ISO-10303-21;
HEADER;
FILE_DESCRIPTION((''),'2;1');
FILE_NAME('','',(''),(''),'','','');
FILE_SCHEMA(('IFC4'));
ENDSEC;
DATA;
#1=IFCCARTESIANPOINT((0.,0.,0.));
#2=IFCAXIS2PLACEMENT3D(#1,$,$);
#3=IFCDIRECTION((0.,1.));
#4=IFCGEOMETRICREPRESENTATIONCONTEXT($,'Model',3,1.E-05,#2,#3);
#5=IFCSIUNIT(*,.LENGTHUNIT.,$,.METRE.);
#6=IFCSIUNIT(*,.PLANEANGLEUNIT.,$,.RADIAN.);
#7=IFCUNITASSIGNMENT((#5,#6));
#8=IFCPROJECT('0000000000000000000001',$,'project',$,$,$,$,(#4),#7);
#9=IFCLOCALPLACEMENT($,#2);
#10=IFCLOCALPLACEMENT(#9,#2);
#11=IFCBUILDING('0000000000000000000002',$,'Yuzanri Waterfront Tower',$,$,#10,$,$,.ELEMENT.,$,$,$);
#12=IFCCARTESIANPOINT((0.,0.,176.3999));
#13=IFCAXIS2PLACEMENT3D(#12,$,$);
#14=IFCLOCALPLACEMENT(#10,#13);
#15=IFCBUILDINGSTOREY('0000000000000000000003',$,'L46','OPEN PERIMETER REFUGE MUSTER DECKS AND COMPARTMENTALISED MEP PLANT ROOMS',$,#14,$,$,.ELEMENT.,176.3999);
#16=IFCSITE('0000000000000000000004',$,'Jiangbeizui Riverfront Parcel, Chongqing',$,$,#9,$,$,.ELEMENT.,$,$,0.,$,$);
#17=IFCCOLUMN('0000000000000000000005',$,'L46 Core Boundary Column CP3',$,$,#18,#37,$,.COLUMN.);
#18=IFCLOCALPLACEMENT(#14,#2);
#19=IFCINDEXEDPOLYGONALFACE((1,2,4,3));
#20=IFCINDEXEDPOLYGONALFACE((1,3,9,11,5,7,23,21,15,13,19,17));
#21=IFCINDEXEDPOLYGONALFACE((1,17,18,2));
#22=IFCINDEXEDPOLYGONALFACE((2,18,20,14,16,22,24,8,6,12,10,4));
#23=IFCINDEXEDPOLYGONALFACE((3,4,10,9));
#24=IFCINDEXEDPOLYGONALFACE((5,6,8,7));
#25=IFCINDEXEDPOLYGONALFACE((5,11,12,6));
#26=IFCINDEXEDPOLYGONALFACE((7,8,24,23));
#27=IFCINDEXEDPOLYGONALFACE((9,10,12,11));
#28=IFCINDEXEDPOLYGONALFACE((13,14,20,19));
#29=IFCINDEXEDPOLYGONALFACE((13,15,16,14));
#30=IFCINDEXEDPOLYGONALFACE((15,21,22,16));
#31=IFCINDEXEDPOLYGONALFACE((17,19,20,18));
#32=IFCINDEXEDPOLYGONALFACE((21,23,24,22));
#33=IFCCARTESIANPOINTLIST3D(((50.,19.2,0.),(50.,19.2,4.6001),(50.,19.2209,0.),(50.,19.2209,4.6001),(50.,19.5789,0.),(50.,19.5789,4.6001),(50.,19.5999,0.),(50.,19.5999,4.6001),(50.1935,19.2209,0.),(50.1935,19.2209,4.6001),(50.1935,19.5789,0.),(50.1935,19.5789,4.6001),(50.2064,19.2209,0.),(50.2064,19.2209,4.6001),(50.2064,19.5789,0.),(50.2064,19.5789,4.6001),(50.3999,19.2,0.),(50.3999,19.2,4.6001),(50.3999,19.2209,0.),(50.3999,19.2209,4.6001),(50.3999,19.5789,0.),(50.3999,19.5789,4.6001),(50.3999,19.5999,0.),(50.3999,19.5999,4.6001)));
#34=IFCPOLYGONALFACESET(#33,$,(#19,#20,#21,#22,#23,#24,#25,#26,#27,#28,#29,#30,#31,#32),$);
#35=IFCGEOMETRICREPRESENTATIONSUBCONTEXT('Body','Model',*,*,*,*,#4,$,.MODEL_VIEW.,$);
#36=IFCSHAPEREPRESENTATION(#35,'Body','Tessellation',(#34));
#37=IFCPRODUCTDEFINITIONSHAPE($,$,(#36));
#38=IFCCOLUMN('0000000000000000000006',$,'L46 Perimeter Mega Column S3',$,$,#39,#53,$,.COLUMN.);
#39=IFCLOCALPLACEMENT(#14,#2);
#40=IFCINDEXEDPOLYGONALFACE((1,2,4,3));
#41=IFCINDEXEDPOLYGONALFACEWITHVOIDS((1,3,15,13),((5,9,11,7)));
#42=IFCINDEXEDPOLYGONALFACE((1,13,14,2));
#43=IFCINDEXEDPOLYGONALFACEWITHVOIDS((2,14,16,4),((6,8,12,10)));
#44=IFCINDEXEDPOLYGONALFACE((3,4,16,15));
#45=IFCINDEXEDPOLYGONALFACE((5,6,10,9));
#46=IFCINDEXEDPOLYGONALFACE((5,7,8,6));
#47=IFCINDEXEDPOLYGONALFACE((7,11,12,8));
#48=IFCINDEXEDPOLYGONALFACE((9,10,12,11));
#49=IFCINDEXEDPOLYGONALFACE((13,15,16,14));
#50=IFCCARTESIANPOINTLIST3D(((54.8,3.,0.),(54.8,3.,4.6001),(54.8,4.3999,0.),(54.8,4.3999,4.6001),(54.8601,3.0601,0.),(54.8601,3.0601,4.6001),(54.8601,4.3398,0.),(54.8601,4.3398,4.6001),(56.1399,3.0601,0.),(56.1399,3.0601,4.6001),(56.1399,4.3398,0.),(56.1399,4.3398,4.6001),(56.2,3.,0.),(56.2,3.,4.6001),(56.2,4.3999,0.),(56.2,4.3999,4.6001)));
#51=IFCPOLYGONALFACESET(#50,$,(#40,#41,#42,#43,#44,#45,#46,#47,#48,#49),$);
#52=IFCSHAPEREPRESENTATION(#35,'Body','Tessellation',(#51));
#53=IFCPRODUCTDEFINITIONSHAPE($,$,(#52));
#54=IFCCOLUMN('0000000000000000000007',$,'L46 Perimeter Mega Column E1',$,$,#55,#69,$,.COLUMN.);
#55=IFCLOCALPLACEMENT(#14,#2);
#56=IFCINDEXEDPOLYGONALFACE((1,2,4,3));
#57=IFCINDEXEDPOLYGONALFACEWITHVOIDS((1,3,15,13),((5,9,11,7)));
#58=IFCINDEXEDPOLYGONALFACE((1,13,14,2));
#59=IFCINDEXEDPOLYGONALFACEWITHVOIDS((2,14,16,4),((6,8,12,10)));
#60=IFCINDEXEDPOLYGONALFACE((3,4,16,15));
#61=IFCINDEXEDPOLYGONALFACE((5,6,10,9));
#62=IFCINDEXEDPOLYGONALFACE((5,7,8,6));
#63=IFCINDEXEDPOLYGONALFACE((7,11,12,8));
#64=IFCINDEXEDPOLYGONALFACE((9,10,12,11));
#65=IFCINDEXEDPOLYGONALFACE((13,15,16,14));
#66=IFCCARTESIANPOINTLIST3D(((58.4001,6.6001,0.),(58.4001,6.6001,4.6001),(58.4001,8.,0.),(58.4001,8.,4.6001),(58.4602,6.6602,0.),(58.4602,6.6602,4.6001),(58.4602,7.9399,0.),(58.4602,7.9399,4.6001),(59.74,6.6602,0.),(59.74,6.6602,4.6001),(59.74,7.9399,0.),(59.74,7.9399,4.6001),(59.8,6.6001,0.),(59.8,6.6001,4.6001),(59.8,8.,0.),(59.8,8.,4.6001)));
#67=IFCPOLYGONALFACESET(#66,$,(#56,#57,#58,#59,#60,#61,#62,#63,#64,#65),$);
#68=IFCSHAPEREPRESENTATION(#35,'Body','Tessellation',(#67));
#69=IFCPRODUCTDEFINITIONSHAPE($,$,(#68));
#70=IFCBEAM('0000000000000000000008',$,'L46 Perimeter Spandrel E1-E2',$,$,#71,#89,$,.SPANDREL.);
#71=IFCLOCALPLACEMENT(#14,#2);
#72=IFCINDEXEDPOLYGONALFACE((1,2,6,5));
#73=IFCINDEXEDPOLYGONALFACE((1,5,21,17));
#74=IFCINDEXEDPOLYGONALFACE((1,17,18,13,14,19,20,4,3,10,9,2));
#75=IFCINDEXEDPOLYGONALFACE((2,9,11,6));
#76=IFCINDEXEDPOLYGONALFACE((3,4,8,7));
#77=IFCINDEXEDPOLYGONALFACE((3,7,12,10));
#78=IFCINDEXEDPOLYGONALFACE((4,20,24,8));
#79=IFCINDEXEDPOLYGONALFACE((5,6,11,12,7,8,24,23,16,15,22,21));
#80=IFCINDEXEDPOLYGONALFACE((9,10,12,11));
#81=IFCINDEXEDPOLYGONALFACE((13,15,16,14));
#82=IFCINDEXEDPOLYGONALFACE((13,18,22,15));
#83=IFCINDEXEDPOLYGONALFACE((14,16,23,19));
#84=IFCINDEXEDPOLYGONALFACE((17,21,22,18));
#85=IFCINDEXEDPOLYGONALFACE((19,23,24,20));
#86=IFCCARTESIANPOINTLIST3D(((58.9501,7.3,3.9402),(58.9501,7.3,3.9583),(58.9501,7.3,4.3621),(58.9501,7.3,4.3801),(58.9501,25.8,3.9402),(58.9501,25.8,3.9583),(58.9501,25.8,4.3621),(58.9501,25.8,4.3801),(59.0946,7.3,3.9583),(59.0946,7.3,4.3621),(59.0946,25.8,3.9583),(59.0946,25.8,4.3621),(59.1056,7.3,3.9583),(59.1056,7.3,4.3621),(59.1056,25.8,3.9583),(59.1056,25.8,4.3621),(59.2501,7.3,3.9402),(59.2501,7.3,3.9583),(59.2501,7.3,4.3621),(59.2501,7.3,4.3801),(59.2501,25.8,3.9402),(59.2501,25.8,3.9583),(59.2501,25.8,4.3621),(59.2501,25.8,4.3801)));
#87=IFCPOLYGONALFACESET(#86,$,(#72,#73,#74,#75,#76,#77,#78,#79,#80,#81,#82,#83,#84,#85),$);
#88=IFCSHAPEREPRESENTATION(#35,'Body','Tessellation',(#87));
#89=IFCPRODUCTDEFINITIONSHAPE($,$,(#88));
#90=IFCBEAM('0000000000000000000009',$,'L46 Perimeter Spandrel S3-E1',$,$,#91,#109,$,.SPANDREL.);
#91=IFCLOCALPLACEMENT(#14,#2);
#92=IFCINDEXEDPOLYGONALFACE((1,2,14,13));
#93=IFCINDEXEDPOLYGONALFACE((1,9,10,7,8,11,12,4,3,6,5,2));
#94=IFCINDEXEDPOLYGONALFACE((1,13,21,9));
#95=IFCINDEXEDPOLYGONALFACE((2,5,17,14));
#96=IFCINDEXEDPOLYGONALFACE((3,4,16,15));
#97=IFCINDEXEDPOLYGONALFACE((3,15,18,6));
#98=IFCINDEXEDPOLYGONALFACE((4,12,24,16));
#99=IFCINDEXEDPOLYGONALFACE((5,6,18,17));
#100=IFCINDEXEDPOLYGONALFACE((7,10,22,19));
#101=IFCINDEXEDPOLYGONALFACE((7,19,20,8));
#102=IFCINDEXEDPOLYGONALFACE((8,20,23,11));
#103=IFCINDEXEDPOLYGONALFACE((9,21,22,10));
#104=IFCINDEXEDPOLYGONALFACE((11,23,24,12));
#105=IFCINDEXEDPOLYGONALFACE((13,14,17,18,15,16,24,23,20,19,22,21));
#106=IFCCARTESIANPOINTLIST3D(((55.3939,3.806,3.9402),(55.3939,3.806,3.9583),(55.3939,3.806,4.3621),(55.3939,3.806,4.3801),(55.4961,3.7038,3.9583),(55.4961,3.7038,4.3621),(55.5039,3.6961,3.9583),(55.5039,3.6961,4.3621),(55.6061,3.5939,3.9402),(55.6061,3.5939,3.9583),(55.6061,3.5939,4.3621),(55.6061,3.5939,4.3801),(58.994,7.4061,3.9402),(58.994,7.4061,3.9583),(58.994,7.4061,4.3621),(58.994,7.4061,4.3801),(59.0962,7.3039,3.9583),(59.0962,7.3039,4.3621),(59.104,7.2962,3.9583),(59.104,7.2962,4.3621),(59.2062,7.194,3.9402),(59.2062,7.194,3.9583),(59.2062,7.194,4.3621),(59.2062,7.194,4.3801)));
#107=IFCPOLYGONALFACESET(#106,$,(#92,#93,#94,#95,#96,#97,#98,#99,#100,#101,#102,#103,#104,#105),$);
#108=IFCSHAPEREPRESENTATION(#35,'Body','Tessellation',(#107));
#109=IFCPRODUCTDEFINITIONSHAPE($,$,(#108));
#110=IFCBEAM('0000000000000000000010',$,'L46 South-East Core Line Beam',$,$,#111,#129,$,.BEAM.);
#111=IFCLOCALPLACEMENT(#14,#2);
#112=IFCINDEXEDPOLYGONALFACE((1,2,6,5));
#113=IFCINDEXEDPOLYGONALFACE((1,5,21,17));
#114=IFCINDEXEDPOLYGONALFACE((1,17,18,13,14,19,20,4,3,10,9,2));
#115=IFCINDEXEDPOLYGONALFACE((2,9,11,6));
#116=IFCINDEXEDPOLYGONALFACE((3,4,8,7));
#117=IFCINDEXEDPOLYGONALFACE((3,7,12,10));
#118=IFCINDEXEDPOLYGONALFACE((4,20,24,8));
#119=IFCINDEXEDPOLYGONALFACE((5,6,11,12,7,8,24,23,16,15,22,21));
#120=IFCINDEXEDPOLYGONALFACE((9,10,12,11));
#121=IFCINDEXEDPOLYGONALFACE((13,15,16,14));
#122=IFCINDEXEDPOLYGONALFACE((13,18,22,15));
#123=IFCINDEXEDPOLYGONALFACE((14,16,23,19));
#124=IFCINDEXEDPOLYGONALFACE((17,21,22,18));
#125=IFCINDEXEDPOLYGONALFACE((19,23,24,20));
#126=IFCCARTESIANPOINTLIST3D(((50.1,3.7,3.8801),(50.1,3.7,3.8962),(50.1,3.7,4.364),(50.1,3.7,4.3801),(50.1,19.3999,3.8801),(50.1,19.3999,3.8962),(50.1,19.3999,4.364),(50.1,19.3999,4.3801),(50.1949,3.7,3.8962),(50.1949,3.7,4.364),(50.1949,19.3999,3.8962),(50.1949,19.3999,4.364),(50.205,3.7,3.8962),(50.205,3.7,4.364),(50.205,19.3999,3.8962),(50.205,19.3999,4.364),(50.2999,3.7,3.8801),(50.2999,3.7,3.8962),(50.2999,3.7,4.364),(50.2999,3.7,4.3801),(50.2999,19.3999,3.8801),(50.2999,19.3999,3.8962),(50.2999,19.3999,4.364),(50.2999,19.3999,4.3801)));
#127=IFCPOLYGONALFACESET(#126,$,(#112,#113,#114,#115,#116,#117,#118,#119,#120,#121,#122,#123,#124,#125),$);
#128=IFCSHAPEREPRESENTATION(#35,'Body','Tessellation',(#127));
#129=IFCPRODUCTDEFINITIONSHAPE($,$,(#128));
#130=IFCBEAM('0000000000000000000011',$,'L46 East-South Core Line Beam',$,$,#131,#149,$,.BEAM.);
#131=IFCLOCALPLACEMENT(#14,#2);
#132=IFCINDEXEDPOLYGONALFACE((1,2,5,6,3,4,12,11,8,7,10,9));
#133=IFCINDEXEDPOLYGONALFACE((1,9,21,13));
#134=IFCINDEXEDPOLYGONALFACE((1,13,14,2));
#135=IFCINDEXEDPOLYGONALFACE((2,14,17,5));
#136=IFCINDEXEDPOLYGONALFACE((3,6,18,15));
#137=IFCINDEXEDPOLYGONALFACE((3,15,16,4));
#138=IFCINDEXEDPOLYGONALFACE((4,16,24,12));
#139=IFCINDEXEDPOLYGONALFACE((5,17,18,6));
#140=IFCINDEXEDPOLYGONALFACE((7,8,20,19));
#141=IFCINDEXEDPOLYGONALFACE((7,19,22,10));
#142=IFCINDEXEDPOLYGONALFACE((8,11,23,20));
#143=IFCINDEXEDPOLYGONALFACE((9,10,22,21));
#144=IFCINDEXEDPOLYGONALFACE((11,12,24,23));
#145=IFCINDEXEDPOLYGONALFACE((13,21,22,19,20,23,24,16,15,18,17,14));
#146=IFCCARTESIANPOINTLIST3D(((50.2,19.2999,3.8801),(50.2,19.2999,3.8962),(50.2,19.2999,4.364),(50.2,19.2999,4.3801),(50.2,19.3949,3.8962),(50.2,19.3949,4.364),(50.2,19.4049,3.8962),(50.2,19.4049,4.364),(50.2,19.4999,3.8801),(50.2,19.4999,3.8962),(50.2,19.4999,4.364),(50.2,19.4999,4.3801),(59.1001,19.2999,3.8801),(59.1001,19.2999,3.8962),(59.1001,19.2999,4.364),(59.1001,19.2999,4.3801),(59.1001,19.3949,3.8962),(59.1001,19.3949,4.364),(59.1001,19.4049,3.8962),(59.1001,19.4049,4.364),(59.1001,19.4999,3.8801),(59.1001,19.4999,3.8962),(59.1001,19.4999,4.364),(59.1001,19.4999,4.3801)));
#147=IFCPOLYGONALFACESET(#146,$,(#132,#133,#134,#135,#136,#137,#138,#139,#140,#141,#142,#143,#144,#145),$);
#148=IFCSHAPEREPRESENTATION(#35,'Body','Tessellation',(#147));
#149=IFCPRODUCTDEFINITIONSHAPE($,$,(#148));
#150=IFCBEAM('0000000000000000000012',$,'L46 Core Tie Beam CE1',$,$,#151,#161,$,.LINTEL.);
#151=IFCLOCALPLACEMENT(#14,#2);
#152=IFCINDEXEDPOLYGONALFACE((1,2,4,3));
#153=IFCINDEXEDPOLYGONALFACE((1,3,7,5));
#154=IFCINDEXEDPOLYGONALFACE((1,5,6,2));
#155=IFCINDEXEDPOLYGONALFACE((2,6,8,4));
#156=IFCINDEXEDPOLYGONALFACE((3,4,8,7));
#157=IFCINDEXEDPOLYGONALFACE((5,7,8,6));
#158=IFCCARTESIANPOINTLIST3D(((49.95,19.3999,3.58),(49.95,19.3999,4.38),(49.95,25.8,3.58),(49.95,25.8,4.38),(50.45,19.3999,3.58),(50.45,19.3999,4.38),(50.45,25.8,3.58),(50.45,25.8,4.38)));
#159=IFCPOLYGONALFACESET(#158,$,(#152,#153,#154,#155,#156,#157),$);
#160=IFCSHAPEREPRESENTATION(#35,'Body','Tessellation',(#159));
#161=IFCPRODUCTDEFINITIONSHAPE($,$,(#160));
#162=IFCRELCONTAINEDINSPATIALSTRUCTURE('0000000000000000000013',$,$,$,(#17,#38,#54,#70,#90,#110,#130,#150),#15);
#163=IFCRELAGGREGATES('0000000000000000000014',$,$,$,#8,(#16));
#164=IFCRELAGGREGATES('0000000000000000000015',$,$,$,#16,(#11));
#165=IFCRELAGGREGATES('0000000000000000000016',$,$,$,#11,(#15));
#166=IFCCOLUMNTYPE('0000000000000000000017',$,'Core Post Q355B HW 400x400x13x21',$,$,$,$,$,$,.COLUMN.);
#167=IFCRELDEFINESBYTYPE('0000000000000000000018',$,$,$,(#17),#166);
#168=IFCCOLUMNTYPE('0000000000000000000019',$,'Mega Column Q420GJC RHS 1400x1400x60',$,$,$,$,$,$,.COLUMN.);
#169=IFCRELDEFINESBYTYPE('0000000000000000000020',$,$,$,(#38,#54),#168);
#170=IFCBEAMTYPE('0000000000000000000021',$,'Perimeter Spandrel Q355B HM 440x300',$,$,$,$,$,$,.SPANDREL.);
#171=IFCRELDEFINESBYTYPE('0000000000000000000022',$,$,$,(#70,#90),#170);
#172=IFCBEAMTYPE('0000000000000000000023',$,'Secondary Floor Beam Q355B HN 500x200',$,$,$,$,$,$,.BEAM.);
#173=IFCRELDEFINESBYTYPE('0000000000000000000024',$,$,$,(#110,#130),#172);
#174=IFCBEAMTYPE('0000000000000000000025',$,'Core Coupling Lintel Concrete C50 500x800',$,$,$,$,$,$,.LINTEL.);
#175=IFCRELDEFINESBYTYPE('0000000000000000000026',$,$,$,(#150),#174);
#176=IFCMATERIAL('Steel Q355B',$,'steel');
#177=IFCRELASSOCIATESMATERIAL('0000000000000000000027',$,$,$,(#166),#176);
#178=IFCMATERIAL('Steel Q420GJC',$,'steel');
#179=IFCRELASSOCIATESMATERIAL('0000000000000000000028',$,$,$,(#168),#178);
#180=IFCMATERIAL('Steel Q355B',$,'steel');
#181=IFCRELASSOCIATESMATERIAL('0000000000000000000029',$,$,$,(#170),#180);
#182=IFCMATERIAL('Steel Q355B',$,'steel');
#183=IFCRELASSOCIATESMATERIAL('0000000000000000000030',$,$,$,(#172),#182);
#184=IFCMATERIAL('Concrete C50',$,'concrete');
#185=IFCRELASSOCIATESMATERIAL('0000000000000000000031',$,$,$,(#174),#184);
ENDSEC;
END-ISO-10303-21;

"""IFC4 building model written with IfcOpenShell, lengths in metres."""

from ifc_helpers import new_model, si_unit, direction, frame, origin, origin_2d, place, context, subcontext, project, spatial, rectangle, hollow_rectangle, i_section, extrude, source, transform, mapped, material, material_profile, profile_set, type_object, element, save


model = new_model("IFC4")

# Units and contexts
model_context = context("Model", 3, precision=1e-05, world=origin(), true_north=direction((0.0, 1.0)))
body_context = subcontext(model_context, "Body", "Model", "MODEL_VIEW")
ifc_project = project(units=[si_unit("LENGTHUNIT", "METRE"), si_unit("PLANEANGLEUNIT", "RADIAN")], contexts=[model_context])

# Site, building, storey
site_placement = place(None, origin())
site = spatial("IfcSite", under=ifc_project, at=site_placement, Name="Jiangbeizui Riverfront Parcel, Chongqing", CompositionType="ELEMENT", RefElevation=0.0)
building_placement = place(site_placement, origin())
building = spatial("IfcBuilding", under=site, at=building_placement, Name="Yuzanri Waterfront Tower", CompositionType="ELEMENT")
storey_placement = place(building_placement, frame((0.0, 0.0, 176.3999)))
storey = spatial("IfcBuildingStorey", under=building, at=storey_placement, Name="L46", Description="OPEN PERIMETER REFUGE MUSTER DECKS AND COMPARTMENTALISED MEP PLANT ROOMS", CompositionType="ELEMENT", Elevation=176.3999)

# Columns
ifc_material_1 = material(Name="Steel Q355B", Category="steel")
ifc_material_profile_1 = material_profile(ifc_material_1, i_section(OverallWidth=0.3999, OverallDepth=0.3999, WebThickness=0.0129, FlangeThickness=0.021, at=origin_2d()), Name="HW 400x400x13x21")
ifc_profile_set_1 = profile_set([ifc_material_profile_1], Name="Steel Q355B")
column_type_1 = type_object("IfcColumnType", Name="Core Post Q355B HW 400x400x13x21", PredefinedType="COLUMN", material=ifc_profile_set_1)
shared_shape_1 = source(origin(), body_context, "Body", "SweptSolid", [
    extrude(i_section(OverallWidth=0.3999, OverallDepth=0.3999, WebThickness=0.0129, FlangeThickness=0.021, at=origin_2d()), origin(), (0.0, 0.0, 1.0), 4.6001),
])
column_placement = place(storey_placement, frame((50.2, 19.3999, 0.0), z_axis=(0.0, 0.0, 1.0), x_axis=(1.0, 0.0, 0.0)))
element("IfcColumn", 1, at=column_placement, inside=storey, type_object=column_type_1, Name="L46 Core Boundary Column CP3", PredefinedType="COLUMN", context=body_context, shape_type="MappedRepresentation", body=[
    mapped(shared_shape_1, transform((0.0, 0.0, 0.0), scale=1.0)),
])
ifc_material_2 = material(Name="Steel Q420GJC", Category="steel")
ifc_material_profile_2 = material_profile(ifc_material_2, hollow_rectangle(XDim=1.3999, YDim=1.3999, WallThickness=0.0601, at=origin_2d()), Name="RHS 1400x1400x60")
ifc_profile_set_2 = profile_set([ifc_material_profile_2], Name="Steel Q420GJC")
column_type_2 = type_object("IfcColumnType", Name="Mega Column Q420GJC RHS 1400x1400x60", PredefinedType="COLUMN", material=ifc_profile_set_2)
shared_shape_2 = source(origin(), body_context, "Body", "SweptSolid", [
    extrude(hollow_rectangle(XDim=1.3999, YDim=1.3999, WallThickness=0.0601, at=origin_2d()), origin(), (0.0, 0.0, 1.0), 4.6001),
])
for number, where, z_axis, x_axis, name in (
    (2, (55.5, 3.7, 0.0), (0.0, 0.0, 1.0), (1.0, 0.0, 0.0), "L46 Perimeter Mega Column S3"),
    (3, (59.1001, 7.3, 0.0), (0.0, 0.0, 1.0), (1.0, 0.0, 0.0), "L46 Perimeter Mega Column E1"),
):
    element("IfcColumn", number, at=place(storey_placement, frame(where, z_axis=z_axis, x_axis=x_axis)), inside=storey, type_object=column_type_2, Name=name, PredefinedType="COLUMN", context=body_context, shape_type="MappedRepresentation", body=[
        mapped(shared_shape_2, transform((0.0, 0.0, 0.0), scale=1.0)),
    ])

# Beams
ifc_material_3 = material(Name="Steel Q355B", Category="steel")
ifc_material_profile_3 = material_profile(ifc_material_3, i_section(OverallWidth=0.3, OverallDepth=0.4399, WebThickness=0.011, FlangeThickness=0.0181, at=origin_2d()), Name="HM 440x300x11x18")
ifc_profile_set_3 = profile_set([ifc_material_profile_3], Name="Steel Q355B")
beam_type_1 = type_object("IfcBeamType", Name="Perimeter Spandrel Q355B HM 440x300", PredefinedType="SPANDREL", material=ifc_profile_set_3)
shared_shape_3 = source(origin(), body_context, "Body", "SweptSolid", [
    extrude(i_section(OverallWidth=0.3, OverallDepth=0.4399, WebThickness=0.011, FlangeThickness=0.0181, at=origin_2d()), origin(), (0.0, 0.0, 1.0), 18.5),
])
beam_1_placement = place(storey_placement, frame((59.1001, 7.3, 4.1602), z_axis=(0.0, 1.0, 0.0), x_axis=(-1.0, 0.0, 0.0)))
element("IfcBeam", 4, at=beam_1_placement, inside=storey, type_object=beam_type_1, Name="L46 Perimeter Spandrel E1-E2", PredefinedType="SPANDREL", context=body_context, shape_type="MappedRepresentation", body=[
    mapped(shared_shape_3, transform((0.0, 0.0, 0.0), scale=1.0)),
])
shared_shape_4 = source(origin(), body_context, "Body", "SweptSolid", [
    extrude(i_section(OverallWidth=0.3, OverallDepth=0.4399, WebThickness=0.011, FlangeThickness=0.0181, at=origin_2d()), origin(), (0.0, 0.0, 1.0), 5.0913),
])
beam_2_placement = place(storey_placement, frame((55.5, 3.7, 4.1602), z_axis=(0.707107, 0.707107, 0.0), x_axis=(-0.707107, 0.707107, 0.0)))
element("IfcBeam", 5, at=beam_2_placement, inside=storey, type_object=beam_type_1, Name="L46 Perimeter Spandrel S3-E1", PredefinedType="SPANDREL", context=body_context, shape_type="MappedRepresentation", body=[
    mapped(shared_shape_4, transform((0.0, 0.0, 0.0), scale=1.0)),
])
ifc_material_4 = material(Name="Steel Q355B", Category="steel")
ifc_material_profile_4 = material_profile(ifc_material_4, i_section(OverallWidth=0.2, OverallDepth=0.5, WebThickness=0.01, FlangeThickness=0.0161, at=origin_2d()), Name="HN 500x200x10x16")
ifc_profile_set_4 = profile_set([ifc_material_profile_4], Name="Steel Q355B")
beam_type_2 = type_object("IfcBeamType", Name="Secondary Floor Beam Q355B HN 500x200", PredefinedType="BEAM", material=ifc_profile_set_4)
shared_shape_5 = source(origin(), body_context, "Body", "SweptSolid", [
    extrude(i_section(OverallWidth=0.2, OverallDepth=0.5, WebThickness=0.01, FlangeThickness=0.0161, at=origin_2d()), origin(), (0.0, 0.0, 1.0), 15.7),
])
beam_3_placement = place(storey_placement, frame((50.2, 19.3999, 4.1301), z_axis=(0.0, -1.0, 0.0), x_axis=(1.0, 0.0, 0.0)))
element("IfcBeam", 6, at=beam_3_placement, inside=storey, type_object=beam_type_2, Name="L46 South-East Core Line Beam", PredefinedType="BEAM", context=body_context, shape_type="MappedRepresentation", body=[
    mapped(shared_shape_5, transform((0.0, 0.0, 0.0), scale=1.0)),
])
shared_shape_6 = source(origin(), body_context, "Body", "SweptSolid", [
    extrude(i_section(OverallWidth=0.2, OverallDepth=0.5, WebThickness=0.01, FlangeThickness=0.0161, at=origin_2d()), origin(), (0.0, 0.0, 1.0), 8.9001),
])
beam_4_placement = place(storey_placement, frame((50.2, 19.3999, 4.1301), z_axis=(1.0, 0.0, 0.0), x_axis=(0.0, 1.0, 0.0)))
element("IfcBeam", 7, at=beam_4_placement, inside=storey, type_object=beam_type_2, Name="L46 East-South Core Line Beam", PredefinedType="BEAM", context=body_context, shape_type="MappedRepresentation", body=[
    mapped(shared_shape_6, transform((0.0, 0.0, 0.0), scale=1.0)),
])
ifc_material_5 = material(Name="Concrete C50", Category="concrete")
ifc_material_profile_5 = material_profile(ifc_material_5, rectangle(XDim=0.5, YDim=0.8, at=origin_2d()), Name="RC 500x800")
ifc_profile_set_5 = profile_set([ifc_material_profile_5], Name="Concrete C50")
beam_type_3 = type_object("IfcBeamType", Name="Core Coupling Lintel Concrete C50 500x800", PredefinedType="LINTEL", material=ifc_profile_set_5)
shared_shape_7 = source(origin(), body_context, "Body", "SweptSolid", [
    extrude(rectangle(XDim=0.5, YDim=0.8, at=origin_2d()), origin(), (0.0, 0.0, 1.0), 6.4001),
])
beam_5_placement = place(storey_placement, frame((50.2, 19.3999, 3.98), z_axis=(0.0, 1.0, 0.0), x_axis=(-1.0, 0.0, 0.0)))
element("IfcBeam", 8, at=beam_5_placement, inside=storey, type_object=beam_type_3, Name="L46 Core Tie Beam CE1", PredefinedType="LINTEL", context=body_context, shape_type="MappedRepresentation", body=[
    mapped(shared_shape_7, transform((0.0, 0.0, 0.0), scale=1.0)),
])

save(model, "model.ifc")
